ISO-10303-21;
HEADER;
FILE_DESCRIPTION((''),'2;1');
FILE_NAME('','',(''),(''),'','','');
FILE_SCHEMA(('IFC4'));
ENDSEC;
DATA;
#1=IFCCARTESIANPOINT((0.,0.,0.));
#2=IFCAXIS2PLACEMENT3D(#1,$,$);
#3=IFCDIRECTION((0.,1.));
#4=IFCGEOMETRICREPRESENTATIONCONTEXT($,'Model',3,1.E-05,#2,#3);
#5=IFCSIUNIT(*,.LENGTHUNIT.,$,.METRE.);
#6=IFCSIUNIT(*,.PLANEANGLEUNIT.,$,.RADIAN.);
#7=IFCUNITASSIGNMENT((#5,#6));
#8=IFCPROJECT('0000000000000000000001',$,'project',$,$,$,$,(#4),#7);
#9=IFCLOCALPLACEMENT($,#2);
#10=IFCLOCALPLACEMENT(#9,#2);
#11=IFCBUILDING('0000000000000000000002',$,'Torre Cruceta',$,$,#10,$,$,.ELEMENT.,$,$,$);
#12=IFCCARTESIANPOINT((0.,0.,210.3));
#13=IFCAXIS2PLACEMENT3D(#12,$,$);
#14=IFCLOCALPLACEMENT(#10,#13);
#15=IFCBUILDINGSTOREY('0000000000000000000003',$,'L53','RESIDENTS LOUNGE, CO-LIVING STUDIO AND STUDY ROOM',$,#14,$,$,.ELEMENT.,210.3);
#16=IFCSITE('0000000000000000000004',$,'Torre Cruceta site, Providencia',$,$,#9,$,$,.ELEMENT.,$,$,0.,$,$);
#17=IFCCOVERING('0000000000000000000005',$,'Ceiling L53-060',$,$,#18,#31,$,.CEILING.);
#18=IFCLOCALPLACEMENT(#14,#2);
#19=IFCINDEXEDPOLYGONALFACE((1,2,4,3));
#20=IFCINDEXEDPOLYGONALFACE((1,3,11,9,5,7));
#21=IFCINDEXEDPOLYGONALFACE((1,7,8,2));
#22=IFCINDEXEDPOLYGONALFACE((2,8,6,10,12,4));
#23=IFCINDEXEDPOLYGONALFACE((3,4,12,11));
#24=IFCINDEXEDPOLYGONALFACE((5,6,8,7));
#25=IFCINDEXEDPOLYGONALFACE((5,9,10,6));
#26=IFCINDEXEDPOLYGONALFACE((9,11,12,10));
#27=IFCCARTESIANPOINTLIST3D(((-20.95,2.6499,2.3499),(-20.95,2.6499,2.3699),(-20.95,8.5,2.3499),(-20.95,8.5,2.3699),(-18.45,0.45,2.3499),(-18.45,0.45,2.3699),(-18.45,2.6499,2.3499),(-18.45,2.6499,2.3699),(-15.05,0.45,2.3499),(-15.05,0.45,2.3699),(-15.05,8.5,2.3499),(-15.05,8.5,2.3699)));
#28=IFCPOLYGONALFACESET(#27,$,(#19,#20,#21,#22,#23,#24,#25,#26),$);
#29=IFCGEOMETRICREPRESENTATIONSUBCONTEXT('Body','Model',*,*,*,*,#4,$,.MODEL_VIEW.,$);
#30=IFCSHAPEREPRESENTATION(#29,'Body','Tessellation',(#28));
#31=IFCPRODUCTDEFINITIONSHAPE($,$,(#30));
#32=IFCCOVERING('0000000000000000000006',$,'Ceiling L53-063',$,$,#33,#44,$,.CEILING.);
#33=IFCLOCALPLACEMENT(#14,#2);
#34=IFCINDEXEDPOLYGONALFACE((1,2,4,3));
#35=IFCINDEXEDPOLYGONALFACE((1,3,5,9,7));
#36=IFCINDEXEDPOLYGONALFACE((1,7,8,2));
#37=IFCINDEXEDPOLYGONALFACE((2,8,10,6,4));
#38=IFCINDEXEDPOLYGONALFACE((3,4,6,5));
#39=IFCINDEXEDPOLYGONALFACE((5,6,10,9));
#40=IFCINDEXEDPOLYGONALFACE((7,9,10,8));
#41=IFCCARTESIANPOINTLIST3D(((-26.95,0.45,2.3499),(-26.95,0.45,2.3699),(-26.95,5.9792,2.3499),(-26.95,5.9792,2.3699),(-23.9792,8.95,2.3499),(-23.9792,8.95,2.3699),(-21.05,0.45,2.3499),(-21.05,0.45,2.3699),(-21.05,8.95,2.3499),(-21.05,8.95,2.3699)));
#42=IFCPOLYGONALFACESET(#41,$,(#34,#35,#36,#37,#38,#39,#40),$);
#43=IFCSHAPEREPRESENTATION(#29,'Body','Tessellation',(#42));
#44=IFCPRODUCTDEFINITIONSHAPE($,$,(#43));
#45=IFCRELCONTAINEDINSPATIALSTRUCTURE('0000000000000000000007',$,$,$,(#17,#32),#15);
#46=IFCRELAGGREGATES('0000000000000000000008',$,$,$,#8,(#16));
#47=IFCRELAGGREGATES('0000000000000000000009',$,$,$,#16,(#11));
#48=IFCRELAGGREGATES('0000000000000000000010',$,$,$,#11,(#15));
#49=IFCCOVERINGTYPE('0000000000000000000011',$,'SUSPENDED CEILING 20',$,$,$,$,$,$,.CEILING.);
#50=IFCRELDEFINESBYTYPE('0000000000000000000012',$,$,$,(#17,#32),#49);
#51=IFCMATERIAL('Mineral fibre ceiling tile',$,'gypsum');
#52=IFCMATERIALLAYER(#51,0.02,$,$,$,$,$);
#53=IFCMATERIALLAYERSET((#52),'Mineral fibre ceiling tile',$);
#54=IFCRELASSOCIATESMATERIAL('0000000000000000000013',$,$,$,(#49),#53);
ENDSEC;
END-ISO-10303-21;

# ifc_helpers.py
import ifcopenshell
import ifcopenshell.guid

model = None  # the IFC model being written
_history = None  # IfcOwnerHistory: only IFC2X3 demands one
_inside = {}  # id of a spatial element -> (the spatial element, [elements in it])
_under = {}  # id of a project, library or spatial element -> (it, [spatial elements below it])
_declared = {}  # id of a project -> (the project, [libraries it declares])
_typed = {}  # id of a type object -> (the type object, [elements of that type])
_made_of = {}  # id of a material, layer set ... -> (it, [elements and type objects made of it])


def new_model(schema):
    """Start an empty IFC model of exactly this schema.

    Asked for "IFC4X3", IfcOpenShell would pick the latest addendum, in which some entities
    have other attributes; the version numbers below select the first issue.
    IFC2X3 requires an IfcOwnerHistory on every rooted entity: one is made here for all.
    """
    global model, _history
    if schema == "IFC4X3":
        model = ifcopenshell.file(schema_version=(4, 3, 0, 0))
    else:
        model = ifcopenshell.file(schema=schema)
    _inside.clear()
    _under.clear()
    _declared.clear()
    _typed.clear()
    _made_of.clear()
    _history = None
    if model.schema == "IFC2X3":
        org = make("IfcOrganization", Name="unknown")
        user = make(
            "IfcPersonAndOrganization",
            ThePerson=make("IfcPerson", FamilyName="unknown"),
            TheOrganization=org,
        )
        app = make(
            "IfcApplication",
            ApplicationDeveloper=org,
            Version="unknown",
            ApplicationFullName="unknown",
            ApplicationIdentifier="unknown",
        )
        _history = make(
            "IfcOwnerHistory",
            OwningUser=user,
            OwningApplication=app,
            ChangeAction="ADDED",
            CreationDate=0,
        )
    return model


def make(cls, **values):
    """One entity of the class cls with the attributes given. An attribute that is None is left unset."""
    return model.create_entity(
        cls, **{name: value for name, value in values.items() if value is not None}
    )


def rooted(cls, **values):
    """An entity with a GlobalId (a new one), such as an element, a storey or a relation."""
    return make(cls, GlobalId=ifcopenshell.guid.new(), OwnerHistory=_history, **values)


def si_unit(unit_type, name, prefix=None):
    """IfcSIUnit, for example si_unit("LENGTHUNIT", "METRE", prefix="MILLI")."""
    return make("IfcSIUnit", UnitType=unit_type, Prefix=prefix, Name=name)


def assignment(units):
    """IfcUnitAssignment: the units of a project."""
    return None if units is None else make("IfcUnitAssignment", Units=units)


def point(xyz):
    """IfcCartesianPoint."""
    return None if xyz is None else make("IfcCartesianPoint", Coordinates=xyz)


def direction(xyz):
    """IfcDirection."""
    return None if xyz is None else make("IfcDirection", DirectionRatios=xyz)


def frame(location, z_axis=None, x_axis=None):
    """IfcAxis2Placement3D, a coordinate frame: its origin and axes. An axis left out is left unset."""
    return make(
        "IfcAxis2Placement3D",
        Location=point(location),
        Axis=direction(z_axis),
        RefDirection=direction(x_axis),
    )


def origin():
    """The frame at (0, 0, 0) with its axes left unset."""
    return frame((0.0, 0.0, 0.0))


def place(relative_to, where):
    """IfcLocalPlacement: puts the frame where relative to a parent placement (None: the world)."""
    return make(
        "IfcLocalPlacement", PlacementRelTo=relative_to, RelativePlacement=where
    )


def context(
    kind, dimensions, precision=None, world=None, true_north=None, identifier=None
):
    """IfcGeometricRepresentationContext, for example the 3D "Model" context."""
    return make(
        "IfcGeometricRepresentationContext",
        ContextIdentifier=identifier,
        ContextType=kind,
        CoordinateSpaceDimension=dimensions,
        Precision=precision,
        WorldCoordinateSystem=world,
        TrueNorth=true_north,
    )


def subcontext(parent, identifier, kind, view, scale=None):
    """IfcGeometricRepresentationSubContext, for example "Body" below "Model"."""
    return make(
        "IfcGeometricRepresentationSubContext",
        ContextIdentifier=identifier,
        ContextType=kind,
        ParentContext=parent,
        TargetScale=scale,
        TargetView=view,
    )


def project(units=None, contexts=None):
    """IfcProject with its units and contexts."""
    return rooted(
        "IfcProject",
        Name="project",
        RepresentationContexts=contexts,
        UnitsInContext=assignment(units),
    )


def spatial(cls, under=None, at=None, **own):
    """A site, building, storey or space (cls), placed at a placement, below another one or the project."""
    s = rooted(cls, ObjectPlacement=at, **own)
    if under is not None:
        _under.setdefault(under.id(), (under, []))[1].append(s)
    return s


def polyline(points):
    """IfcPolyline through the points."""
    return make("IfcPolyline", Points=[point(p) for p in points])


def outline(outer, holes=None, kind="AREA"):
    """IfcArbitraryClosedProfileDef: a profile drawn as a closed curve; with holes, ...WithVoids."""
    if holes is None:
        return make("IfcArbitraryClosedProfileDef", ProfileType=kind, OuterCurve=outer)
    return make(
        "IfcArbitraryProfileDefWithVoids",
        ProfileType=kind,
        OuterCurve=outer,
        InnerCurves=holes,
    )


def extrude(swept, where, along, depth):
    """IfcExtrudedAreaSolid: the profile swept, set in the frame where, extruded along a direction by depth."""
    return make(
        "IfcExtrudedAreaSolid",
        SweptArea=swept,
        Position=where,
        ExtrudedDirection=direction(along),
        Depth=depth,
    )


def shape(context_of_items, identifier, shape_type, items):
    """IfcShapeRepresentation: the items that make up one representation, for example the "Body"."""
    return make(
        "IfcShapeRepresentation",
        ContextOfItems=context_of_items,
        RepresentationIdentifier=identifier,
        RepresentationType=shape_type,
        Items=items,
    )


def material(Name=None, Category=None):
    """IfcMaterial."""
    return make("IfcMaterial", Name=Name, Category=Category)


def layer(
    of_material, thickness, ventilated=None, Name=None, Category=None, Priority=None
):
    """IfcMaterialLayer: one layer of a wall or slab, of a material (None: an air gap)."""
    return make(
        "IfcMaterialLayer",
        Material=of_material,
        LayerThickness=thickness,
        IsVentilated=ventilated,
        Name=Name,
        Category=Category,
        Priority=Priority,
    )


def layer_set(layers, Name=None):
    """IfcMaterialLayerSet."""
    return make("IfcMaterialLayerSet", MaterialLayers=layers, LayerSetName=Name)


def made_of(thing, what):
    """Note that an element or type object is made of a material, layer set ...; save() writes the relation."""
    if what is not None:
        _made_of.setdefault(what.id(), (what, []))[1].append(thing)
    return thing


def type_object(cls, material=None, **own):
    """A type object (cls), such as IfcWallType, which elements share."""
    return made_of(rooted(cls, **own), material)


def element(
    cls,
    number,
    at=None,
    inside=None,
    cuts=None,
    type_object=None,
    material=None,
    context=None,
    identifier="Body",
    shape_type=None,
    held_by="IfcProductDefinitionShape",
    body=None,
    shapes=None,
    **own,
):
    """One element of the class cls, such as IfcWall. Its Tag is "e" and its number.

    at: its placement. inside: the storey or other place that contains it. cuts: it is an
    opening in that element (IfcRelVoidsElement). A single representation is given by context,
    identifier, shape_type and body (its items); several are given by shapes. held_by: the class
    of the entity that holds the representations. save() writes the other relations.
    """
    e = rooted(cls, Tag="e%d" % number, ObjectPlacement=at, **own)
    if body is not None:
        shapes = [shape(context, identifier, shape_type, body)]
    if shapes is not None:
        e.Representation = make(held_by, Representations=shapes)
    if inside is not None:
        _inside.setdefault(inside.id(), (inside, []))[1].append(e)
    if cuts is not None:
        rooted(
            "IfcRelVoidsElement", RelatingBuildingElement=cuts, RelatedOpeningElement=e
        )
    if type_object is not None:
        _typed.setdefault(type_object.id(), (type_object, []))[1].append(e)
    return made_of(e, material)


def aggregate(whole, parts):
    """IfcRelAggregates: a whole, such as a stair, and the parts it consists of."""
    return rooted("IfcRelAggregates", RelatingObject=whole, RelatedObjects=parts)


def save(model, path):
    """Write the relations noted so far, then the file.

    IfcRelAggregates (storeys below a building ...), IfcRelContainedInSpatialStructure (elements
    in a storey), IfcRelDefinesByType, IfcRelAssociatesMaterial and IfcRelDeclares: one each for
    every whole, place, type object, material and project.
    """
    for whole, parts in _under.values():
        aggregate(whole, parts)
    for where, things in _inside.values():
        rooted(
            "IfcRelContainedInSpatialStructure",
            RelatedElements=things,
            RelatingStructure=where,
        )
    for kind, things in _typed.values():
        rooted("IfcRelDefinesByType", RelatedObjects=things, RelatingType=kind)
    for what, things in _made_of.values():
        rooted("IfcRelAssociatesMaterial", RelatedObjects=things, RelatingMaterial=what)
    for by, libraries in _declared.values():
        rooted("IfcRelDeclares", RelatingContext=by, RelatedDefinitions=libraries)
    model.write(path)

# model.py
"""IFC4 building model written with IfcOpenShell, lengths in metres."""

from ifc_helpers import new_model, si_unit, direction, frame, origin, place, context, subcontext, project, spatial, polyline, outline, extrude, material, layer, layer_set, type_object, element, save


model = new_model("IFC4")

# Units and contexts
model_context = context("Model", 3, precision=1e-05, world=origin(), true_north=direction((0.0, 1.0)))
body_context = subcontext(model_context, "Body", "Model", "MODEL_VIEW")
ifc_project = project(units=[si_unit("LENGTHUNIT", "METRE"), si_unit("PLANEANGLEUNIT", "RADIAN")], contexts=[model_context])

# Site, building, storey
site_placement = place(None, origin())
site = spatial("IfcSite", under=ifc_project, at=site_placement, Name="Torre Cruceta site, Providencia", CompositionType="ELEMENT", RefElevation=0.0)
building_placement = place(site_placement, origin())
building = spatial("IfcBuilding", under=site, at=building_placement, Name="Torre Cruceta", CompositionType="ELEMENT")
storey_placement = place(building_placement, frame((0.0, 0.0, 210.3)))
storey = spatial("IfcBuildingStorey", under=building, at=storey_placement, Name="L53", Description="RESIDENTS LOUNGE, CO-LIVING STUDIO AND STUDY ROOM", CompositionType="ELEMENT", Elevation=210.3)

# Coverings
ifc_material_1 = material(Name="Mineral fibre ceiling tile", Category="gypsum")
ifc_layer_1 = layer(ifc_material_1, 0.02)
ifc_layer_set_1 = layer_set([ifc_layer_1], Name="Mineral fibre ceiling tile")
covering_type = type_object("IfcCoveringType", Name="SUSPENDED CEILING 20", PredefinedType="CEILING", material=ifc_layer_set_1)
covering_1_placement = place(storey_placement, frame((0.0, 0.0, 2.3499)))
element("IfcCovering", 1, at=covering_1_placement, inside=storey, type_object=covering_type, Name="Ceiling L53-060", PredefinedType="CEILING", context=body_context, shape_type="SweptSolid", body=[
    extrude(outline(polyline([(-20.95, 8.5), (-15.05, 8.5), (-15.05, 0.45), (-18.45, 0.45), (-18.45, 2.6499), (-20.95, 2.6499), (-20.95, 8.5)])), origin(), (0.0, 0.0, 1.0), 0.02),
])
covering_2_placement = place(storey_placement, frame((0.0, 0.0, 2.3499)))
element("IfcCovering", 2, at=covering_2_placement, inside=storey, type_object=covering_type, Name="Ceiling L53-063", PredefinedType="CEILING", context=body_context, shape_type="SweptSolid", body=[
    extrude(outline(polyline([(-23.9792, 8.95), (-21.05, 8.95), (-21.05, 0.45), (-26.95, 0.45), (-26.95, 5.9792), (-23.9792, 8.95)])), origin(), (0.0, 0.0, 1.0), 0.02),
])

save(model, "model.ifc")
